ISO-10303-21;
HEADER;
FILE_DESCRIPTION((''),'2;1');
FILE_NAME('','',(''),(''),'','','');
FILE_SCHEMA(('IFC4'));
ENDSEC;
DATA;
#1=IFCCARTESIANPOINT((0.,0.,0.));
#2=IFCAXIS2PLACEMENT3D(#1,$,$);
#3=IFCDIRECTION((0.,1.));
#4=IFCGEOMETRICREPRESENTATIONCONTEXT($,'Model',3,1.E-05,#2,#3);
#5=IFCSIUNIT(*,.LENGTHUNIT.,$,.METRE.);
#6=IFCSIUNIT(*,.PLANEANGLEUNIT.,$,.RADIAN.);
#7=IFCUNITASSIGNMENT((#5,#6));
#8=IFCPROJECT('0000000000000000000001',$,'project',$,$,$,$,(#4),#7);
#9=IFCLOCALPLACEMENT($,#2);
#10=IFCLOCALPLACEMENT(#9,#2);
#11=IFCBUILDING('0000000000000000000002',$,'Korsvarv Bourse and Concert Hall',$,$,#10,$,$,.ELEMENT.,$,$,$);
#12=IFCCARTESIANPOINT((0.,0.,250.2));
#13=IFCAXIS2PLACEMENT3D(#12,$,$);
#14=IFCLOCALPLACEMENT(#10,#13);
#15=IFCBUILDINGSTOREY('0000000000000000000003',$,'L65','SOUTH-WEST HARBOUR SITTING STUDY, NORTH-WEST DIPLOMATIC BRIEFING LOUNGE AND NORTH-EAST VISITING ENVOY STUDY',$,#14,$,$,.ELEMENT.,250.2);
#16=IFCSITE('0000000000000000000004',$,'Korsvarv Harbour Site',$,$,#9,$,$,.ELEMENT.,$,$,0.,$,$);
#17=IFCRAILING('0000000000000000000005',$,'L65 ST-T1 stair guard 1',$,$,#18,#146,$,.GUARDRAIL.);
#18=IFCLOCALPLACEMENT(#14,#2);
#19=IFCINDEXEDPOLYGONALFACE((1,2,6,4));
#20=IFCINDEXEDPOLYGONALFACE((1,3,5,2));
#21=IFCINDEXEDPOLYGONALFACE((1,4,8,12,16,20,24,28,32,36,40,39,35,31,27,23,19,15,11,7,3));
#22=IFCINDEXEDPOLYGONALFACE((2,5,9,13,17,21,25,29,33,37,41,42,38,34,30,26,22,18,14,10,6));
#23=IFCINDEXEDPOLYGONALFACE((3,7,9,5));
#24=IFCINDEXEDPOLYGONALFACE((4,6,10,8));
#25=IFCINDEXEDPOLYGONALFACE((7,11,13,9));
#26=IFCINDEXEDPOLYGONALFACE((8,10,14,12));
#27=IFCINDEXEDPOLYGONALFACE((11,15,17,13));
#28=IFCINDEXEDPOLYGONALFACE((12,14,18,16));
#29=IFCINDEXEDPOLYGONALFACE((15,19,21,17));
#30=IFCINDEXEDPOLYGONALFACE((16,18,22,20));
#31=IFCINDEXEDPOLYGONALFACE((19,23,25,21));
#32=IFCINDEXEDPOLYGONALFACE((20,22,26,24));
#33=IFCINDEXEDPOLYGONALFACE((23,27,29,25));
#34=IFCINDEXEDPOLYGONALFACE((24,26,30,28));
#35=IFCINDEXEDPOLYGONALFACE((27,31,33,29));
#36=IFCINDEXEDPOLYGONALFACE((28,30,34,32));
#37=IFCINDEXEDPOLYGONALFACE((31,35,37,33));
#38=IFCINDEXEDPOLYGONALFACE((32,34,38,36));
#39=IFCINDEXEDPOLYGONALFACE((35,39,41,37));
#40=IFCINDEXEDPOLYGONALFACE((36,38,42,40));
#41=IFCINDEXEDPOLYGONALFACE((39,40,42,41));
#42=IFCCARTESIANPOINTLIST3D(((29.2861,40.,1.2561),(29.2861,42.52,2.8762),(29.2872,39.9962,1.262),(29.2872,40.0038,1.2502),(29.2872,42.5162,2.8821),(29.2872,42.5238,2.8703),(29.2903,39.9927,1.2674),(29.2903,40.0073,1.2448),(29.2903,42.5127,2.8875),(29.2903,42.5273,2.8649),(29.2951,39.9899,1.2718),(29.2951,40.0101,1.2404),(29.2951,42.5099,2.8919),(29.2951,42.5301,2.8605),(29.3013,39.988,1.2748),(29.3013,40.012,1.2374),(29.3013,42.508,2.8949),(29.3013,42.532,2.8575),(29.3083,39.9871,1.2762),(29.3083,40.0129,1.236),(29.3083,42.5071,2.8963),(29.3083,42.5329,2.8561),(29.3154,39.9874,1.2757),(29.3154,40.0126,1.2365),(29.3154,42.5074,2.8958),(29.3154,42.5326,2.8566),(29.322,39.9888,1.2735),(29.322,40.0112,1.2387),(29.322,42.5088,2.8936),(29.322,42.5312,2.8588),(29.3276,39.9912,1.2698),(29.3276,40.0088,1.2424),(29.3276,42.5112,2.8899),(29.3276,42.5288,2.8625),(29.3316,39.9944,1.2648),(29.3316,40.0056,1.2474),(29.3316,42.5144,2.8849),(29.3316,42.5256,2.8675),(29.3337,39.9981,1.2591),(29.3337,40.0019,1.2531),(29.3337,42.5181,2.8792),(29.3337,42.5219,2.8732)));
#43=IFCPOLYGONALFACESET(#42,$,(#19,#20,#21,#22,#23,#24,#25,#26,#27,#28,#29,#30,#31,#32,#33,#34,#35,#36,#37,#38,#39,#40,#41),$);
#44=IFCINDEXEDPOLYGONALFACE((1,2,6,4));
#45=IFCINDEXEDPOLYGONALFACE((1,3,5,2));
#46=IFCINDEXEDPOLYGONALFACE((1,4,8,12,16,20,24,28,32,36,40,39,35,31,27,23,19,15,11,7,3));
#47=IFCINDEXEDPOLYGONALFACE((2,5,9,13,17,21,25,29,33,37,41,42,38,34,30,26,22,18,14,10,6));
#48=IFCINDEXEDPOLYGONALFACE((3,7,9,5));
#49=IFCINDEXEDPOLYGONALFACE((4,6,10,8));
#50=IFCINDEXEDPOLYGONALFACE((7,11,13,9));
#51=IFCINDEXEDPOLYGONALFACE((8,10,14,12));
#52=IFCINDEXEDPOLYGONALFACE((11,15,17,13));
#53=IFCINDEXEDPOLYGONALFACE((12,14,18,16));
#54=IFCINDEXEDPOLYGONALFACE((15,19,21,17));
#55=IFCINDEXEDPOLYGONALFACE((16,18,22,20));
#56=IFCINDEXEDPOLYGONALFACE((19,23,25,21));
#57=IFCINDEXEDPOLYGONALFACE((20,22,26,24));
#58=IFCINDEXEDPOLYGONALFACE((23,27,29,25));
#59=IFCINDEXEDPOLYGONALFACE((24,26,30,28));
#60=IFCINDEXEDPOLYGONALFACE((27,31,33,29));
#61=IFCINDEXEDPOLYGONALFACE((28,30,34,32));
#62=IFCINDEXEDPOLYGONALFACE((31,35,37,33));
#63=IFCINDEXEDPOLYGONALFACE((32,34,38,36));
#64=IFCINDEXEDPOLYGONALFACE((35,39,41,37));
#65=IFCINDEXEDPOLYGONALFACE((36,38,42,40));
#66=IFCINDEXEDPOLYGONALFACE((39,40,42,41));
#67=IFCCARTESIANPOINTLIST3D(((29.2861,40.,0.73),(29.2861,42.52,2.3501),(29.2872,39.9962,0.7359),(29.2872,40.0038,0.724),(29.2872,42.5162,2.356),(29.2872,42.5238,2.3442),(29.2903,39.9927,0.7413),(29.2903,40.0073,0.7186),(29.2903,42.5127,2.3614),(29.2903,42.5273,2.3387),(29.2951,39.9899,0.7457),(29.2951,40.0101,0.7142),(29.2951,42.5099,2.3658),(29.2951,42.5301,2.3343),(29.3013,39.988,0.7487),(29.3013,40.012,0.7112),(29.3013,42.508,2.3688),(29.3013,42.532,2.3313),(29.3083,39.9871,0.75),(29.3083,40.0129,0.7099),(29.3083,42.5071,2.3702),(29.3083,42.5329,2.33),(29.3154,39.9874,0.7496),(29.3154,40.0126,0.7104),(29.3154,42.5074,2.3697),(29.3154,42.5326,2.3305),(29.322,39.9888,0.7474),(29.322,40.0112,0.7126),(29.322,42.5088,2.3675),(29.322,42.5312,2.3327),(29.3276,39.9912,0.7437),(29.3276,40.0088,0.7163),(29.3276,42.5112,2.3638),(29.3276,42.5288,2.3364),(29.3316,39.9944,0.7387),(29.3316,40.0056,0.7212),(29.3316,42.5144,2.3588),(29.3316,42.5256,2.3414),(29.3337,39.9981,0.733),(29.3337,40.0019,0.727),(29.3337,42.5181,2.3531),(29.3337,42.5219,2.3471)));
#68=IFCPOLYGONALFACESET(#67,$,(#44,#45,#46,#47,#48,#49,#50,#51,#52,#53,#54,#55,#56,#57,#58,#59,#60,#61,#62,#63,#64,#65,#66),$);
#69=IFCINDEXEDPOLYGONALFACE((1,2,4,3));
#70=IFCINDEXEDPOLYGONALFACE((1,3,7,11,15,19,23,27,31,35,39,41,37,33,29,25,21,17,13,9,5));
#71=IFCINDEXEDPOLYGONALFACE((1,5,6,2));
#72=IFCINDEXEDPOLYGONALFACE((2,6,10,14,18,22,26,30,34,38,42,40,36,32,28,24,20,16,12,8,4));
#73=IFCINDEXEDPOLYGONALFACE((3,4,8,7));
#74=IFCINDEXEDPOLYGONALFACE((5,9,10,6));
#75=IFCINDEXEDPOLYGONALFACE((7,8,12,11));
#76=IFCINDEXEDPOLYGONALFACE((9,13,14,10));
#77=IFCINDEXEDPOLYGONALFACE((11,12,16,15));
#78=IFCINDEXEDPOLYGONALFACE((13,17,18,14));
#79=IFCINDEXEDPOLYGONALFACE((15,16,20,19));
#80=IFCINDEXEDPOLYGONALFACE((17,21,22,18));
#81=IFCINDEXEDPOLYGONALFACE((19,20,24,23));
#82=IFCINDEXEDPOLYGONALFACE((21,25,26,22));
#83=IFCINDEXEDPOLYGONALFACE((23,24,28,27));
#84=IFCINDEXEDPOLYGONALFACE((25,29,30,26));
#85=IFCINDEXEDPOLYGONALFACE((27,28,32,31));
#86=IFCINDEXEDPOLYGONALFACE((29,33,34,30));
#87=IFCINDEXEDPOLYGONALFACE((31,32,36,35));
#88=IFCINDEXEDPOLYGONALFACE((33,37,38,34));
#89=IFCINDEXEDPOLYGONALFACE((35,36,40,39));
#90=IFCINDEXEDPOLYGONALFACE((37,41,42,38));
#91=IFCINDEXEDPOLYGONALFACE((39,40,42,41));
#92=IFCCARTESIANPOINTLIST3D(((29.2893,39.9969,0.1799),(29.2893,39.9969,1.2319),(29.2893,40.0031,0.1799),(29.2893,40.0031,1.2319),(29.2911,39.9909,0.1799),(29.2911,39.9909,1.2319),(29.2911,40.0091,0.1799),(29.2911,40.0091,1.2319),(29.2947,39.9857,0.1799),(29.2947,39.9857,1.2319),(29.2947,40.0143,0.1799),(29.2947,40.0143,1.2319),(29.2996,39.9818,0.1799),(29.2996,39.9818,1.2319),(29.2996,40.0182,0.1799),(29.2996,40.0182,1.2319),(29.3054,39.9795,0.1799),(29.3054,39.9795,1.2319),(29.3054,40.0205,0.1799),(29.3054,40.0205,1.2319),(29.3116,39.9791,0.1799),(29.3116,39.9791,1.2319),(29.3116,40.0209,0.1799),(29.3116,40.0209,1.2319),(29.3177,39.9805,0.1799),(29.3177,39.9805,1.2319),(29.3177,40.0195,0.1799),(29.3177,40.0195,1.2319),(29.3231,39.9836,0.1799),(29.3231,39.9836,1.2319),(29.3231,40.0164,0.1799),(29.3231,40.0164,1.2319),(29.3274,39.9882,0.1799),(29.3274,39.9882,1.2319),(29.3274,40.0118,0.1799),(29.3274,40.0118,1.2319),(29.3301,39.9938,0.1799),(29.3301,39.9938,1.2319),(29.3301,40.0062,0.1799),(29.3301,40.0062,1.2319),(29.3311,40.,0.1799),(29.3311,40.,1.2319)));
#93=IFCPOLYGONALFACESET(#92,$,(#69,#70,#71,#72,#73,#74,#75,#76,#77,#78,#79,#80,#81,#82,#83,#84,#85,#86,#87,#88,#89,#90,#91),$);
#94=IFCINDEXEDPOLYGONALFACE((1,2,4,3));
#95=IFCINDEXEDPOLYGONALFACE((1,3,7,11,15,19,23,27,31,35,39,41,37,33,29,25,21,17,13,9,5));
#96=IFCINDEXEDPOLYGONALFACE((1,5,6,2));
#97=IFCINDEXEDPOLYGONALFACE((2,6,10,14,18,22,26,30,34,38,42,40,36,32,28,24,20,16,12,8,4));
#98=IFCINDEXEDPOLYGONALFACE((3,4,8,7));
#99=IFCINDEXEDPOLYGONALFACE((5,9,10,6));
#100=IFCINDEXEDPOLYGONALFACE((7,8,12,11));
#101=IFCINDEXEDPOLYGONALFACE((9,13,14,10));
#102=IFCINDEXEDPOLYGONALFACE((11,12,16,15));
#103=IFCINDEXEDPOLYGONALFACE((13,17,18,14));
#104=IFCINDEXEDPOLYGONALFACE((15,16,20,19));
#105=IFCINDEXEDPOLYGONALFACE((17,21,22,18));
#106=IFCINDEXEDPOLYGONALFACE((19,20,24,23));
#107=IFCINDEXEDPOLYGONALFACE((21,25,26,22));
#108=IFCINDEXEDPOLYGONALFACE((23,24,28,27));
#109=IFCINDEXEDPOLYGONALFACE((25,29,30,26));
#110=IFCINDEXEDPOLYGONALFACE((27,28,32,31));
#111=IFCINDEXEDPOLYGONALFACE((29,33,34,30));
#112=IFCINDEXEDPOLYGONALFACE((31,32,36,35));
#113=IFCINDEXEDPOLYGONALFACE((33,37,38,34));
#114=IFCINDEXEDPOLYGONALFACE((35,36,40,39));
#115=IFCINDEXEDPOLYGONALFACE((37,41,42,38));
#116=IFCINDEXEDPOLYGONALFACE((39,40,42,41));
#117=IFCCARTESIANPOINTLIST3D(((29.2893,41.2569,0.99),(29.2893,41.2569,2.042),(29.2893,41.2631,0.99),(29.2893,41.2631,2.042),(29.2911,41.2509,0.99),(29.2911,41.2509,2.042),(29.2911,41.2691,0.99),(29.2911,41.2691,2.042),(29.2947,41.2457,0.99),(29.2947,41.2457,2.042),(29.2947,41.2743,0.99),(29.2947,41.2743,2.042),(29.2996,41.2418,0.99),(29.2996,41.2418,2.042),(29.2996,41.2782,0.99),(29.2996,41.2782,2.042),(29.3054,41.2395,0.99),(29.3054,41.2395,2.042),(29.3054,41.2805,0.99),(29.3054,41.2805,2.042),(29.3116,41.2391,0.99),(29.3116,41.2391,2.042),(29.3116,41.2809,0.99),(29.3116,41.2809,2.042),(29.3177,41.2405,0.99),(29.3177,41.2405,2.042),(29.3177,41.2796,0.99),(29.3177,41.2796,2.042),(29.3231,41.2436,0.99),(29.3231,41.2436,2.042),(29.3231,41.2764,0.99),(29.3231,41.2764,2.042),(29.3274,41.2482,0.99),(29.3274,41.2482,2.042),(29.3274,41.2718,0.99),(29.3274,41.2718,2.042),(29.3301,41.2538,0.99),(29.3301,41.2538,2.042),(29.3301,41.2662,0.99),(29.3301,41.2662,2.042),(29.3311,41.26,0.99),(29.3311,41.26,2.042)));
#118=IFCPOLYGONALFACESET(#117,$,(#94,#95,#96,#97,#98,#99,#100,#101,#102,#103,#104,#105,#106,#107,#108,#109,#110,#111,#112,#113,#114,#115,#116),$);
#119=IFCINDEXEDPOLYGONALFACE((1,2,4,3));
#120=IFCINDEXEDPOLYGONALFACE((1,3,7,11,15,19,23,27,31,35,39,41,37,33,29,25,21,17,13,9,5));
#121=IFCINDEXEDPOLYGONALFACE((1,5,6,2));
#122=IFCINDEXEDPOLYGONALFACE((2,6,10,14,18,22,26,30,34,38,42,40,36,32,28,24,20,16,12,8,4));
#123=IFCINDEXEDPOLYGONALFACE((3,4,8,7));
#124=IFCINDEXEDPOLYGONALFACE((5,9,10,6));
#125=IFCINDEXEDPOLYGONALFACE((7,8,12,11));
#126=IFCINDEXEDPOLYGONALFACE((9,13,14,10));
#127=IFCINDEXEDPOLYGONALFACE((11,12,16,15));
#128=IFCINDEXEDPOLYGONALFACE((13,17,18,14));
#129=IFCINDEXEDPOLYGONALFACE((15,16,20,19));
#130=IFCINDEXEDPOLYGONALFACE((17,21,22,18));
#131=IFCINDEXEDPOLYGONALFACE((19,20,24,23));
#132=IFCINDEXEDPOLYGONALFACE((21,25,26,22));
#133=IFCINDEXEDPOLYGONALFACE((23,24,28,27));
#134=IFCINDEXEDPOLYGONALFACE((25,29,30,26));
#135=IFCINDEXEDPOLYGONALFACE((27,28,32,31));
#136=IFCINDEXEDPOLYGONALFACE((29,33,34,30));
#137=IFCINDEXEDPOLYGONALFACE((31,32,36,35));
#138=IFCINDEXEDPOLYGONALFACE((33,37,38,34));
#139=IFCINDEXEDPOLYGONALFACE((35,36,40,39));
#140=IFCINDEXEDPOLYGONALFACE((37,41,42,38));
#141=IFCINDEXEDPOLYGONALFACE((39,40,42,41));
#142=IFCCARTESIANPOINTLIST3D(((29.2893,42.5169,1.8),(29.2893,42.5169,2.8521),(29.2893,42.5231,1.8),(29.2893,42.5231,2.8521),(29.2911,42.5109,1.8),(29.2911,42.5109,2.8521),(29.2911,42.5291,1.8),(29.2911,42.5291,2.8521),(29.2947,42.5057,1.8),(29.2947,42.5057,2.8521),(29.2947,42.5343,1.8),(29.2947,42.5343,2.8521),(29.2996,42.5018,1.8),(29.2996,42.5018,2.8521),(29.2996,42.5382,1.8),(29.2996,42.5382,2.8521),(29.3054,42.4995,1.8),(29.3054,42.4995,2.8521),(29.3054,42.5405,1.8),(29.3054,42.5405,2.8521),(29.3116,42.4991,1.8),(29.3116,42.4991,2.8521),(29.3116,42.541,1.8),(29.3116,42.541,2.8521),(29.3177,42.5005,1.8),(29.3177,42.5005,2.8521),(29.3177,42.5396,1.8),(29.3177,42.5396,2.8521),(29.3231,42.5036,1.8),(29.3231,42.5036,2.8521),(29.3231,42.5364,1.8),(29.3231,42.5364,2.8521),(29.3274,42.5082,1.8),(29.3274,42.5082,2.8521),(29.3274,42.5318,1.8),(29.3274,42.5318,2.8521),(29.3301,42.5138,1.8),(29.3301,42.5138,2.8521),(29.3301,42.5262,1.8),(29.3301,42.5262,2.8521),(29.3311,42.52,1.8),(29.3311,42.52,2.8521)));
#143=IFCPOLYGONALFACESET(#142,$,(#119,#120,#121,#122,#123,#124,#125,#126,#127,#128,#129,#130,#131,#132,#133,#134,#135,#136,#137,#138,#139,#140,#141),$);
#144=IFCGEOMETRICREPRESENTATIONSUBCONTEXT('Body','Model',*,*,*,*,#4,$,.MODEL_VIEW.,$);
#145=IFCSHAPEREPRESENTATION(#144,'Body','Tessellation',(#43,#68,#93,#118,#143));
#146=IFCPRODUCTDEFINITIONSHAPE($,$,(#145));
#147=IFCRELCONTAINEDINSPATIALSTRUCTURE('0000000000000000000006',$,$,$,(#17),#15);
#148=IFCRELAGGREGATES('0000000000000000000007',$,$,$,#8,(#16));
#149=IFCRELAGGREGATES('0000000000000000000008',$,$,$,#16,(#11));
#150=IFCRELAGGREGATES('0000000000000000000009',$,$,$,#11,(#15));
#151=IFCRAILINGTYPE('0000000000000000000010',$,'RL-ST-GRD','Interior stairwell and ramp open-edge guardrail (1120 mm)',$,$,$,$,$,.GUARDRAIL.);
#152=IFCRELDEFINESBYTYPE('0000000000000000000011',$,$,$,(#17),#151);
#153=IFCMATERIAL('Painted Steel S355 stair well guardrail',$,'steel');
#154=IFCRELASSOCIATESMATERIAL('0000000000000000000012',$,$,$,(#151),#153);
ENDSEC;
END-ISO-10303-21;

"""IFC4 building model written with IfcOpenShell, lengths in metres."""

from ifc_helpers import new_model, si_unit, direction, frame, origin, origin_2d, place, context, subcontext, project, spatial, circle, extrude, material, type_object, element, save


model = new_model("IFC4")

# Units and contexts
model_context = context("Model", 3, precision=1e-05, world=origin(), true_north=direction((0.0, 1.0)))
body_context = subcontext(model_context, "Body", "Model", "MODEL_VIEW")
ifc_project = project(units=[si_unit("LENGTHUNIT", "METRE"), si_unit("PLANEANGLEUNIT", "RADIAN")], contexts=[model_context])

# Site, building, storey
site_placement = place(None, origin())
site = spatial("IfcSite", under=ifc_project, at=site_placement, Name="Korsvarv Harbour Site", CompositionType="ELEMENT", RefElevation=0.0)
building_placement = place(site_placement, origin())
building = spatial("IfcBuilding", under=site, at=building_placement, Name="Korsvarv Bourse and Concert Hall", CompositionType="ELEMENT")
storey_placement = place(building_placement, frame((0.0, 0.0, 250.2)))
storey = spatial("IfcBuildingStorey", under=building, at=storey_placement, Name="L65", Description="SOUTH-WEST HARBOUR SITTING STUDY, NORTH-WEST DIPLOMATIC BRIEFING LOUNGE AND NORTH-EAST VISITING ENVOY STUDY", CompositionType="ELEMENT", Elevation=250.2)

# Railing
ifc_material_1 = material(Name="Painted Steel S355 stair well guardrail", Category="steel")
railing_type_1 = type_object("IfcRailingType", Name="RL-ST-GRD", Description="Interior stairwell and ramp open-edge guardrail (1120 mm)", PredefinedType="GUARDRAIL", material=ifc_material_1)
railing_1_placement = place(storey_placement, frame((29.3101, 40.0, 0.1799)))
element("IfcRailing", 1, at=railing_1_placement, inside=storey, type_object=railing_type_1, Name="L65 ST-T1 stair guard 1", PredefinedType="GUARDRAIL", context=body_context, shape_type="SweptSolid", body=[
    extrude(circle(Radius=0.0239, at=origin_2d()), frame((0.0, 0.0, 1.0762), z_axis=(0.0, 0.841163, 0.540782), x_axis=(-1.0, 0.0, 0.0)), (0.0, 0.0, 1.0), 2.9958),
    extrude(circle(Radius=0.0239, at=origin_2d()), frame((0.0, 0.0, 0.55), z_axis=(0.0, 0.841163, 0.540782), x_axis=(-1.0, 0.0, 0.0)), (0.0, 0.0, 1.0), 2.9958),
    extrude(circle(Radius=0.021, at=origin_2d()), origin(), (0.0, 0.0, 1.0), 1.052),
    extrude(circle(Radius=0.021, at=origin_2d()), frame((0.0, 1.26, 0.8101)), (0.0, 0.0, 1.0), 1.052),
    extrude(circle(Radius=0.021, at=origin_2d()), frame((0.0, 2.52, 1.6201)), (0.0, 0.0, 1.0), 1.052),
])

save(model, "model.ifc")
